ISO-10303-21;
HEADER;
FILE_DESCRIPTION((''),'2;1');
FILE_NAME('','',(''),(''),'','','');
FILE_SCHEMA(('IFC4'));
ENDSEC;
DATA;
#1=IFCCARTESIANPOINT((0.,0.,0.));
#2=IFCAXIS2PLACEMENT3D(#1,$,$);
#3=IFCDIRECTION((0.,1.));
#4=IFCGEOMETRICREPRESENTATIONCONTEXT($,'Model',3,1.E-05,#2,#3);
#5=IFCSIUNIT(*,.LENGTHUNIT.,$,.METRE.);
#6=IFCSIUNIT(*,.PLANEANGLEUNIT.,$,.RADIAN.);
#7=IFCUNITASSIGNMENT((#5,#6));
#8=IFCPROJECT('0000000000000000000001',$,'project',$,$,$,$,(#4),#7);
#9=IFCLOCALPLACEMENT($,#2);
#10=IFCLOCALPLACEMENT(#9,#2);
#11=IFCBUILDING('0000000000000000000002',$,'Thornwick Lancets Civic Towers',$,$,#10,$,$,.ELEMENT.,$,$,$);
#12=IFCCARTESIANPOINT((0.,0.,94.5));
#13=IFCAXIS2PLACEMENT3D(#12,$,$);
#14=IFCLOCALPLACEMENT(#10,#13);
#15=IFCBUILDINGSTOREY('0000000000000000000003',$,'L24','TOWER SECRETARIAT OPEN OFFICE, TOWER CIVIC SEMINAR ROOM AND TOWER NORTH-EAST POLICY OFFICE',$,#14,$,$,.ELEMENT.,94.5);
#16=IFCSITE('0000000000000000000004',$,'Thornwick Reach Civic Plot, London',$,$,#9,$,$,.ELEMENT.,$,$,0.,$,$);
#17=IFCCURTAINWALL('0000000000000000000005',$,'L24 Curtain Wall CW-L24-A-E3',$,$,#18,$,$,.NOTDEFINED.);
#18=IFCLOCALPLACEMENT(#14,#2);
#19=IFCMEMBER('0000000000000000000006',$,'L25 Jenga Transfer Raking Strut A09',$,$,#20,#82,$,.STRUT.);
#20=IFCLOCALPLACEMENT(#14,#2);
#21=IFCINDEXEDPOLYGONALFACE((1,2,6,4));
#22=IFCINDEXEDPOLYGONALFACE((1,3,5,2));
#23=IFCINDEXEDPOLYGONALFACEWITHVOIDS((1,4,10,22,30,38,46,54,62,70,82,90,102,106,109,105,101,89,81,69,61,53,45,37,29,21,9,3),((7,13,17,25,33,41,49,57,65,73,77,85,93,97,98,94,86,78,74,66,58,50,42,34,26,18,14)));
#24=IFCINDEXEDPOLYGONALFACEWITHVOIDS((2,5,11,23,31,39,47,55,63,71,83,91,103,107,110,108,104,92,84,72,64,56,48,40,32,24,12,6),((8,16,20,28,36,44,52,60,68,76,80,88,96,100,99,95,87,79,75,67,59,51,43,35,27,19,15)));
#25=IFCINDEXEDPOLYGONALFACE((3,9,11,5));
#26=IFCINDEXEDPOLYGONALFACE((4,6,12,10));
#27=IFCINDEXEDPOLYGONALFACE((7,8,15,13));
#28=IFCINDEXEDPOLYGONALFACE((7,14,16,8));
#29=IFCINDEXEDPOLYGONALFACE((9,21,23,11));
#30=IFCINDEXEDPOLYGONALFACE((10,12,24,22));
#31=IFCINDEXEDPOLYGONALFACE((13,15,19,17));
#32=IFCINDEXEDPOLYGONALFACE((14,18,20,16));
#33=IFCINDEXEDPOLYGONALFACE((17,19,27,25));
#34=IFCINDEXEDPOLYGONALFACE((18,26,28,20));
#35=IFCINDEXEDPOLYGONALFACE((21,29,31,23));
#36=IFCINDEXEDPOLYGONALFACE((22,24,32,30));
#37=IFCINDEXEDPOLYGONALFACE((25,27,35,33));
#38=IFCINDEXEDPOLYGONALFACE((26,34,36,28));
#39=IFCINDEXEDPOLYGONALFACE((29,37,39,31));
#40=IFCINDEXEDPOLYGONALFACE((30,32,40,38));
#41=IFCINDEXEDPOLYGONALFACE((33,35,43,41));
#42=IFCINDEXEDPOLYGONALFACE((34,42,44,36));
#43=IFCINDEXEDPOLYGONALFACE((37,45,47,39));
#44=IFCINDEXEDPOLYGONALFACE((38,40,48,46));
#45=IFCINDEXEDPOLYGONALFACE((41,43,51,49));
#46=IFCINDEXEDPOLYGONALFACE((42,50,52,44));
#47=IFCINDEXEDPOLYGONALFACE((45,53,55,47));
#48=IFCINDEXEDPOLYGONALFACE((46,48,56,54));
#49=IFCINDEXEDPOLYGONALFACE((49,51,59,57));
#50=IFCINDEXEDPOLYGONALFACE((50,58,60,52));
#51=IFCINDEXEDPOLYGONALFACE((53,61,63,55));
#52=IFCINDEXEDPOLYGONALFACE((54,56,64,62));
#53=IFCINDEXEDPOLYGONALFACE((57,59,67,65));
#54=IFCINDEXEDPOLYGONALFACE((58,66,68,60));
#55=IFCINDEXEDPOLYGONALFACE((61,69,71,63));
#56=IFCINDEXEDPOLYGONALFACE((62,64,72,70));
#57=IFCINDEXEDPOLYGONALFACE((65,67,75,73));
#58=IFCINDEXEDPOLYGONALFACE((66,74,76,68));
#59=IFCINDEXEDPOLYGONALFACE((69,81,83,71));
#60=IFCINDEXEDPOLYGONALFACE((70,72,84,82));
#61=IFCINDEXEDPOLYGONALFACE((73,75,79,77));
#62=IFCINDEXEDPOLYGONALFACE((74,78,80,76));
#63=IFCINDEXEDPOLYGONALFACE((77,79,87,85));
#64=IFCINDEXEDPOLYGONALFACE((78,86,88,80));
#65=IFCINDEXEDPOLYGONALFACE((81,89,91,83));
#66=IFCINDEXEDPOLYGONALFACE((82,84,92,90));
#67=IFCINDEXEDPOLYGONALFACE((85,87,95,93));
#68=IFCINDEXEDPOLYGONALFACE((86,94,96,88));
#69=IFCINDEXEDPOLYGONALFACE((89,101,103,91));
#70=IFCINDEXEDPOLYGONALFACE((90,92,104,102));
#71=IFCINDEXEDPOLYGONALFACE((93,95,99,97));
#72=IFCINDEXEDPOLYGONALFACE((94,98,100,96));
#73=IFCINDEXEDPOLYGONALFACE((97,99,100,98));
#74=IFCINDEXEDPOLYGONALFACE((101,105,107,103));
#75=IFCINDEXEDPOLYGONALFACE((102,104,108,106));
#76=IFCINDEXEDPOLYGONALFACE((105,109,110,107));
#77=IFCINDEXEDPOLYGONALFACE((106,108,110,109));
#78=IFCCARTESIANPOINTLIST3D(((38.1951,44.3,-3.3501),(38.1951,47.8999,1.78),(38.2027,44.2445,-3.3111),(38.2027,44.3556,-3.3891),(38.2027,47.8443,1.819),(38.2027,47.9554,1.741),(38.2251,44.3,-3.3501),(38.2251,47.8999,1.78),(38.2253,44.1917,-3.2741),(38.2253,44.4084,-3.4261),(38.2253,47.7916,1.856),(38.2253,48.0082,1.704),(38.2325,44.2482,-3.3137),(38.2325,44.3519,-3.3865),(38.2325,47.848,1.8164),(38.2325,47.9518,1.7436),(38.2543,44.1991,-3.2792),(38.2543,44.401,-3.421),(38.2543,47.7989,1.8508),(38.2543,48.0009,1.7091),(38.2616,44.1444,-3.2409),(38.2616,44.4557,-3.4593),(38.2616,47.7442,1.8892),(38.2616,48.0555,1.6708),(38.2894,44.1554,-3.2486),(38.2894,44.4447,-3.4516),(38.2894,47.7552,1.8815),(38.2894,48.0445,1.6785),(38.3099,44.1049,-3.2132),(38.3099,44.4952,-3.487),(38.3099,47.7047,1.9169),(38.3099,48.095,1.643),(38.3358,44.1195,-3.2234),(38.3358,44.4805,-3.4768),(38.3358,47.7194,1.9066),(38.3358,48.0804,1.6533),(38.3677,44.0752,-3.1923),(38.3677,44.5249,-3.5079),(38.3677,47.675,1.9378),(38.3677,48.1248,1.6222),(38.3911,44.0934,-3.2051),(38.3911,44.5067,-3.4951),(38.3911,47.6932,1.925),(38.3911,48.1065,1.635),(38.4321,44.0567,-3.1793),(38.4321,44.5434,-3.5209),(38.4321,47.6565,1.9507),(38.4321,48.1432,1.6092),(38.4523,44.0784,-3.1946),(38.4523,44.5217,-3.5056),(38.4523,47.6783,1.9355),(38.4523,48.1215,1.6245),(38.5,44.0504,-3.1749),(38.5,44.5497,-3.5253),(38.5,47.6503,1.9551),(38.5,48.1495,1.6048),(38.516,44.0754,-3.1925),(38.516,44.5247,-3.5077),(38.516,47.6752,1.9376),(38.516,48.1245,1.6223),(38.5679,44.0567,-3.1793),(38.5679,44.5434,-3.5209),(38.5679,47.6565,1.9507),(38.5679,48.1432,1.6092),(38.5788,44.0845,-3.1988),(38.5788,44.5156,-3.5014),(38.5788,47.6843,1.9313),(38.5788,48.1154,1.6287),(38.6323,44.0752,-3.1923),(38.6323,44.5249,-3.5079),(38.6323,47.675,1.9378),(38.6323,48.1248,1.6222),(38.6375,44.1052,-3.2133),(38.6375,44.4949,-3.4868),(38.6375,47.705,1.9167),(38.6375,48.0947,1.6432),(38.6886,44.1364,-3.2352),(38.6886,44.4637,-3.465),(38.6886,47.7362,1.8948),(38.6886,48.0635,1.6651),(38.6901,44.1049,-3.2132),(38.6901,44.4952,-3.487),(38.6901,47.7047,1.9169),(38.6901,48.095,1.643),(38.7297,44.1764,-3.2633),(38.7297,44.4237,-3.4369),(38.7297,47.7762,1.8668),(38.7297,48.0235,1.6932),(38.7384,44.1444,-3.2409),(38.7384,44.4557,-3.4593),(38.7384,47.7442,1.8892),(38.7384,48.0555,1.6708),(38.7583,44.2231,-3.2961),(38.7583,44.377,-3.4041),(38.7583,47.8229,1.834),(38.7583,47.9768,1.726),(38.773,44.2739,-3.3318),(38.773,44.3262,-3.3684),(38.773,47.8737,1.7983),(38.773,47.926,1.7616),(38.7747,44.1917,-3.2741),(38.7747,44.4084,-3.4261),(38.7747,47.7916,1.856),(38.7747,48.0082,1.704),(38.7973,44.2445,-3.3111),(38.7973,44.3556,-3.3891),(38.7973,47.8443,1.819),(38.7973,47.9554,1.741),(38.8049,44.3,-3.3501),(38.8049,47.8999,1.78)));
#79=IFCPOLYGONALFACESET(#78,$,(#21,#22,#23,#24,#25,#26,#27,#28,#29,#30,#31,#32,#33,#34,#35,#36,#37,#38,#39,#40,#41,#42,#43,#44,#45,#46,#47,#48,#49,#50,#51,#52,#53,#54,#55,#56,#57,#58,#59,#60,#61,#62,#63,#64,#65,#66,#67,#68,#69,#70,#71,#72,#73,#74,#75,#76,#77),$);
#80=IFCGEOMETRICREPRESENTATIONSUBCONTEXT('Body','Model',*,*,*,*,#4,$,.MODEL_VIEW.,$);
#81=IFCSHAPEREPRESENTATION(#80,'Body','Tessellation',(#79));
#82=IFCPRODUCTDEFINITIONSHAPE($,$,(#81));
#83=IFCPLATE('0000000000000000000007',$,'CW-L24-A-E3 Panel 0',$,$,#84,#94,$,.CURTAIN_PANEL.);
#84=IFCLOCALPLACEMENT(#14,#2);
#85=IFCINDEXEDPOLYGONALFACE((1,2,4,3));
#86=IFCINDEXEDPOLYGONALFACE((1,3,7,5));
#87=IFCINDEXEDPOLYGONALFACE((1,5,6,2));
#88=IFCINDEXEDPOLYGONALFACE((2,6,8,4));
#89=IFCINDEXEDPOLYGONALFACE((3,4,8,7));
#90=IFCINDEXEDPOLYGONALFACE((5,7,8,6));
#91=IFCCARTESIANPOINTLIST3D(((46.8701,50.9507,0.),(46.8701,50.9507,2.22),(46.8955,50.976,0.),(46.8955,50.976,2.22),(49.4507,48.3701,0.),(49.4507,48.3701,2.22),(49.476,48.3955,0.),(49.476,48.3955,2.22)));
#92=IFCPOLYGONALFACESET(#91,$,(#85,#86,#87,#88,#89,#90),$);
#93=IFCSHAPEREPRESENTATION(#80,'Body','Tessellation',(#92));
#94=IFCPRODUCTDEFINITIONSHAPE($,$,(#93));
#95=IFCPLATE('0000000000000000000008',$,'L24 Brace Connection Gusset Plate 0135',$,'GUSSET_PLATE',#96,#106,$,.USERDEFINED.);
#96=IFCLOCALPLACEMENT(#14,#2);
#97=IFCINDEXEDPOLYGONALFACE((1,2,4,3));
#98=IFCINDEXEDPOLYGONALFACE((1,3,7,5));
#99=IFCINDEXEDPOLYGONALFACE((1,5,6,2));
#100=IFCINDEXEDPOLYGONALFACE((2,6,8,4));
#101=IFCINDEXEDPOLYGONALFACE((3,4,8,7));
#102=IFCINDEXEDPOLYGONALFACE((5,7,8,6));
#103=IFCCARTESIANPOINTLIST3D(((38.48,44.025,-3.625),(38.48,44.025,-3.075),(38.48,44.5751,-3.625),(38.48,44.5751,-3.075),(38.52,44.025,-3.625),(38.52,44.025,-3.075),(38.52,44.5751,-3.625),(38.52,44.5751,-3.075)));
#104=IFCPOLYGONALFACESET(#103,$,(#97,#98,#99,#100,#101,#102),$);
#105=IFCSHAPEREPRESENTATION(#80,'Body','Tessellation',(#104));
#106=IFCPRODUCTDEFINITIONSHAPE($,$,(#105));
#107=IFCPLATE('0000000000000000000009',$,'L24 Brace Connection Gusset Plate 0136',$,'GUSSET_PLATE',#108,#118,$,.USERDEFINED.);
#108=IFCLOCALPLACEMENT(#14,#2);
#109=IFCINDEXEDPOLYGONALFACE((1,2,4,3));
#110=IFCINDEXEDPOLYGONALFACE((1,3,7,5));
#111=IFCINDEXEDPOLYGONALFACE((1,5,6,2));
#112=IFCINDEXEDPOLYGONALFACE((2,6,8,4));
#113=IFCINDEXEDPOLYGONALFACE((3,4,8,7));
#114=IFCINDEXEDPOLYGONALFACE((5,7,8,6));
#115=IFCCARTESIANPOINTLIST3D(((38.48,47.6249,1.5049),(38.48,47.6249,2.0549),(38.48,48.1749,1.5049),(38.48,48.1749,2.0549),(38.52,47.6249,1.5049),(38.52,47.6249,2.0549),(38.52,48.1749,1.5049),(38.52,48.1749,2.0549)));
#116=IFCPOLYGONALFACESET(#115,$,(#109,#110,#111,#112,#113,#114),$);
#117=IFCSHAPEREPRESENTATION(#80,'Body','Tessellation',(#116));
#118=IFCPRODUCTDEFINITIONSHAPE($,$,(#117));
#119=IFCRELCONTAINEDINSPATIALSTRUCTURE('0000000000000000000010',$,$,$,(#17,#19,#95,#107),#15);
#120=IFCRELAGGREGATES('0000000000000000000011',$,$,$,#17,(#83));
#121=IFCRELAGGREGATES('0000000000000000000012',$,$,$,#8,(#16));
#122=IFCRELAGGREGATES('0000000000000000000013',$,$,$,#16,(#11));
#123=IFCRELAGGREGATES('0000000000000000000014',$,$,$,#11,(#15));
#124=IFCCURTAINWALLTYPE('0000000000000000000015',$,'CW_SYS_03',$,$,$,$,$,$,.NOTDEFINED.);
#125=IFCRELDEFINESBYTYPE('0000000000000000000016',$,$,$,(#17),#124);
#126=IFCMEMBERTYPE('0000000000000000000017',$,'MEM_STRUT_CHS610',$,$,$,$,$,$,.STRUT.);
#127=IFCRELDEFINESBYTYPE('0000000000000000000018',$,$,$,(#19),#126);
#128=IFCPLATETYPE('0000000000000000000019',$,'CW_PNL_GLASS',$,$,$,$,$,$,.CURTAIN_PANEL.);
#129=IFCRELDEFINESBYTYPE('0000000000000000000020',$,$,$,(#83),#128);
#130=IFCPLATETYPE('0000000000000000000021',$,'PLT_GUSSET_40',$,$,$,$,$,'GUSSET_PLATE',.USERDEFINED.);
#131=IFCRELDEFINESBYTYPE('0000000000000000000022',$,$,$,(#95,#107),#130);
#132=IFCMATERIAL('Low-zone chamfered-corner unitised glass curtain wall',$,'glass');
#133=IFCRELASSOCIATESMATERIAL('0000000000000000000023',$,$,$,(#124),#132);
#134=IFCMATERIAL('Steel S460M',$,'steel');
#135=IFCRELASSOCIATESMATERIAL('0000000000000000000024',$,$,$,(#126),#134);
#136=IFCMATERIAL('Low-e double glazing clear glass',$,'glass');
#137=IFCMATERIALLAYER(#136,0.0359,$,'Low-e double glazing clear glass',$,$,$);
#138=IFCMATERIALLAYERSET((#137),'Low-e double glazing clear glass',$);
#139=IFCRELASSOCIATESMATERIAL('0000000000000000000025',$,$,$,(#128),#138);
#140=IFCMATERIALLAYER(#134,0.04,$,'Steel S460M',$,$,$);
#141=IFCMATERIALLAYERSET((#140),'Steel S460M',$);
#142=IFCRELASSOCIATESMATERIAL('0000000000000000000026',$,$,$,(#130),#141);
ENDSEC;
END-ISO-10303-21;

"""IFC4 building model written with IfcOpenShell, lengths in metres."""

from ifc_helpers import new_model, si_unit, direction, frame, origin, origin_2d, place, context, subcontext, project, spatial, rectangle, hollow_circle, extrude, material, layer, layer_set, material_profile, profile_set, type_object, element, aggregate, save


model = new_model("IFC4")

# Units and contexts
model_context = context("Model", 3, precision=1e-05, world=origin(), true_north=direction((0.0, 1.0)))
body_context = subcontext(model_context, "Body", "Model", "MODEL_VIEW")
ifc_project = project(units=[si_unit("LENGTHUNIT", "METRE"), si_unit("PLANEANGLEUNIT", "RADIAN")], contexts=[model_context])

# Site, building, storey
site_placement = place(None, origin())
site = spatial("IfcSite", under=ifc_project, at=site_placement, Name="Thornwick Reach Civic Plot, London", CompositionType="ELEMENT", RefElevation=0.0)
building_placement = place(site_placement, origin())
building = spatial("IfcBuilding", under=site, at=building_placement, Name="Thornwick Lancets Civic Towers", CompositionType="ELEMENT")
storey_placement = place(building_placement, frame((0.0, 0.0, 94.5)))
storey = spatial("IfcBuildingStorey", under=building, at=storey_placement, Name="L24", Description="TOWER SECRETARIAT OPEN OFFICE, TOWER CIVIC SEMINAR ROOM AND TOWER NORTH-EAST POLICY OFFICE", CompositionType="ELEMENT", Elevation=94.5)

# Shared definitions
ifc_material_1 = material(Name="Steel S460M", Category="steel")

# Curtain wall
ifc_material_2 = material(Name="Low-zone chamfered-corner unitised glass curtain wall", Category="glass")
curtain_wall_type = type_object("IfcCurtainWallType", Name="CW_SYS_03", PredefinedType="NOTDEFINED", material=ifc_material_2)
curtain_wall_placement = place(storey_placement, origin())
curtain_wall = element("IfcCurtainWall", 1, at=curtain_wall_placement, inside=storey, type_object=curtain_wall_type, Name="L24 Curtain Wall CW-L24-A-E3", PredefinedType="NOTDEFINED")

# Member
ifc_material_profile_1 = material_profile(ifc_material_1, hollow_circle(Radius=0.3049, WallThickness=0.03, at=origin_2d()), Name="CHS 610x30")
ifc_profile_set_1 = profile_set([ifc_material_profile_1], Name="Steel S460M")
member_type_1 = type_object("IfcMemberType", Name="MEM_STRUT_CHS610", PredefinedType="STRUT", material=ifc_profile_set_1)
member_1_placement = place(storey_placement, frame((38.5, 44.3, -3.3501), z_axis=(0.0, 0.574401, 0.818574), x_axis=(-1.0, 0.0, 0.0)))
element("IfcMember", 2, at=member_1_placement, inside=storey, type_object=member_type_1, Name="L25 Jenga Transfer Raking Strut A09", PredefinedType="STRUT", context=body_context, shape_type="SweptSolid", body=[
    extrude(hollow_circle(Radius=0.3049, WallThickness=0.03, at=origin_2d()), origin(), (0.0, 0.0, 1.0), 6.2671),
])

# Plate
ifc_material_3 = material(Name="Low-e double glazing clear glass", Category="glass")
ifc_layer_1 = layer(ifc_material_3, 0.0359, Name="Low-e double glazing clear glass")
ifc_layer_set_1 = layer_set([ifc_layer_1], Name="Low-e double glazing clear glass")
plate_type_1 = type_object("IfcPlateType", Name="CW_PNL_GLASS", PredefinedType="CURTAIN_PANEL", material=ifc_layer_set_1)
plate_placement = place(storey_placement, frame((48.1731, 49.6731, 0.0), z_axis=(0.0, 0.0, 1.0), x_axis=(-0.707107, 0.707107, 0.0)))
plate = element("IfcPlate", 3, at=plate_placement, type_object=plate_type_1, Name="CW-L24-A-E3 Panel 0", PredefinedType="CURTAIN_PANEL", context=body_context, shape_type="SweptSolid", body=[
    extrude(rectangle(XDim=3.6494, YDim=0.0359, at=origin_2d()), origin(), (0.0, 0.0, 1.0), 2.22),
])
aggregate(curtain_wall, [plate])

# Plates
ifc_layer_2 = layer(ifc_material_1, 0.04, Name="Steel S460M")
ifc_layer_set_2 = layer_set([ifc_layer_2], Name="Steel S460M")
plate_type_2 = type_object("IfcPlateType", Name="PLT_GUSSET_40", ElementType="GUSSET_PLATE", PredefinedType="USERDEFINED", material=ifc_layer_set_2)
for number, where, z_axis, x_axis, name in (
    (4, (38.5, 44.3, -3.625), (0.0, 0.0, 1.0), (0.0, 1.0, 0.0), "L24 Brace Connection Gusset Plate 0135"),
    (5, (38.5, 47.8999, 1.5049), (0.0, 0.0, 1.0), (0.0, 1.0, 0.0), "L24 Brace Connection Gusset Plate 0136"),
):
    element("IfcPlate", number, at=place(storey_placement, frame(where, z_axis=z_axis, x_axis=x_axis)), inside=storey, type_object=plate_type_2, Name=name, ObjectType="GUSSET_PLATE", PredefinedType="USERDEFINED", context=body_context, shape_type="SweptSolid", body=[
        extrude(rectangle(XDim=0.55, YDim=0.04, at=origin_2d()), origin(), (0.0, 0.0, 1.0), 0.55),
    ])

save(model, "model.ifc")
